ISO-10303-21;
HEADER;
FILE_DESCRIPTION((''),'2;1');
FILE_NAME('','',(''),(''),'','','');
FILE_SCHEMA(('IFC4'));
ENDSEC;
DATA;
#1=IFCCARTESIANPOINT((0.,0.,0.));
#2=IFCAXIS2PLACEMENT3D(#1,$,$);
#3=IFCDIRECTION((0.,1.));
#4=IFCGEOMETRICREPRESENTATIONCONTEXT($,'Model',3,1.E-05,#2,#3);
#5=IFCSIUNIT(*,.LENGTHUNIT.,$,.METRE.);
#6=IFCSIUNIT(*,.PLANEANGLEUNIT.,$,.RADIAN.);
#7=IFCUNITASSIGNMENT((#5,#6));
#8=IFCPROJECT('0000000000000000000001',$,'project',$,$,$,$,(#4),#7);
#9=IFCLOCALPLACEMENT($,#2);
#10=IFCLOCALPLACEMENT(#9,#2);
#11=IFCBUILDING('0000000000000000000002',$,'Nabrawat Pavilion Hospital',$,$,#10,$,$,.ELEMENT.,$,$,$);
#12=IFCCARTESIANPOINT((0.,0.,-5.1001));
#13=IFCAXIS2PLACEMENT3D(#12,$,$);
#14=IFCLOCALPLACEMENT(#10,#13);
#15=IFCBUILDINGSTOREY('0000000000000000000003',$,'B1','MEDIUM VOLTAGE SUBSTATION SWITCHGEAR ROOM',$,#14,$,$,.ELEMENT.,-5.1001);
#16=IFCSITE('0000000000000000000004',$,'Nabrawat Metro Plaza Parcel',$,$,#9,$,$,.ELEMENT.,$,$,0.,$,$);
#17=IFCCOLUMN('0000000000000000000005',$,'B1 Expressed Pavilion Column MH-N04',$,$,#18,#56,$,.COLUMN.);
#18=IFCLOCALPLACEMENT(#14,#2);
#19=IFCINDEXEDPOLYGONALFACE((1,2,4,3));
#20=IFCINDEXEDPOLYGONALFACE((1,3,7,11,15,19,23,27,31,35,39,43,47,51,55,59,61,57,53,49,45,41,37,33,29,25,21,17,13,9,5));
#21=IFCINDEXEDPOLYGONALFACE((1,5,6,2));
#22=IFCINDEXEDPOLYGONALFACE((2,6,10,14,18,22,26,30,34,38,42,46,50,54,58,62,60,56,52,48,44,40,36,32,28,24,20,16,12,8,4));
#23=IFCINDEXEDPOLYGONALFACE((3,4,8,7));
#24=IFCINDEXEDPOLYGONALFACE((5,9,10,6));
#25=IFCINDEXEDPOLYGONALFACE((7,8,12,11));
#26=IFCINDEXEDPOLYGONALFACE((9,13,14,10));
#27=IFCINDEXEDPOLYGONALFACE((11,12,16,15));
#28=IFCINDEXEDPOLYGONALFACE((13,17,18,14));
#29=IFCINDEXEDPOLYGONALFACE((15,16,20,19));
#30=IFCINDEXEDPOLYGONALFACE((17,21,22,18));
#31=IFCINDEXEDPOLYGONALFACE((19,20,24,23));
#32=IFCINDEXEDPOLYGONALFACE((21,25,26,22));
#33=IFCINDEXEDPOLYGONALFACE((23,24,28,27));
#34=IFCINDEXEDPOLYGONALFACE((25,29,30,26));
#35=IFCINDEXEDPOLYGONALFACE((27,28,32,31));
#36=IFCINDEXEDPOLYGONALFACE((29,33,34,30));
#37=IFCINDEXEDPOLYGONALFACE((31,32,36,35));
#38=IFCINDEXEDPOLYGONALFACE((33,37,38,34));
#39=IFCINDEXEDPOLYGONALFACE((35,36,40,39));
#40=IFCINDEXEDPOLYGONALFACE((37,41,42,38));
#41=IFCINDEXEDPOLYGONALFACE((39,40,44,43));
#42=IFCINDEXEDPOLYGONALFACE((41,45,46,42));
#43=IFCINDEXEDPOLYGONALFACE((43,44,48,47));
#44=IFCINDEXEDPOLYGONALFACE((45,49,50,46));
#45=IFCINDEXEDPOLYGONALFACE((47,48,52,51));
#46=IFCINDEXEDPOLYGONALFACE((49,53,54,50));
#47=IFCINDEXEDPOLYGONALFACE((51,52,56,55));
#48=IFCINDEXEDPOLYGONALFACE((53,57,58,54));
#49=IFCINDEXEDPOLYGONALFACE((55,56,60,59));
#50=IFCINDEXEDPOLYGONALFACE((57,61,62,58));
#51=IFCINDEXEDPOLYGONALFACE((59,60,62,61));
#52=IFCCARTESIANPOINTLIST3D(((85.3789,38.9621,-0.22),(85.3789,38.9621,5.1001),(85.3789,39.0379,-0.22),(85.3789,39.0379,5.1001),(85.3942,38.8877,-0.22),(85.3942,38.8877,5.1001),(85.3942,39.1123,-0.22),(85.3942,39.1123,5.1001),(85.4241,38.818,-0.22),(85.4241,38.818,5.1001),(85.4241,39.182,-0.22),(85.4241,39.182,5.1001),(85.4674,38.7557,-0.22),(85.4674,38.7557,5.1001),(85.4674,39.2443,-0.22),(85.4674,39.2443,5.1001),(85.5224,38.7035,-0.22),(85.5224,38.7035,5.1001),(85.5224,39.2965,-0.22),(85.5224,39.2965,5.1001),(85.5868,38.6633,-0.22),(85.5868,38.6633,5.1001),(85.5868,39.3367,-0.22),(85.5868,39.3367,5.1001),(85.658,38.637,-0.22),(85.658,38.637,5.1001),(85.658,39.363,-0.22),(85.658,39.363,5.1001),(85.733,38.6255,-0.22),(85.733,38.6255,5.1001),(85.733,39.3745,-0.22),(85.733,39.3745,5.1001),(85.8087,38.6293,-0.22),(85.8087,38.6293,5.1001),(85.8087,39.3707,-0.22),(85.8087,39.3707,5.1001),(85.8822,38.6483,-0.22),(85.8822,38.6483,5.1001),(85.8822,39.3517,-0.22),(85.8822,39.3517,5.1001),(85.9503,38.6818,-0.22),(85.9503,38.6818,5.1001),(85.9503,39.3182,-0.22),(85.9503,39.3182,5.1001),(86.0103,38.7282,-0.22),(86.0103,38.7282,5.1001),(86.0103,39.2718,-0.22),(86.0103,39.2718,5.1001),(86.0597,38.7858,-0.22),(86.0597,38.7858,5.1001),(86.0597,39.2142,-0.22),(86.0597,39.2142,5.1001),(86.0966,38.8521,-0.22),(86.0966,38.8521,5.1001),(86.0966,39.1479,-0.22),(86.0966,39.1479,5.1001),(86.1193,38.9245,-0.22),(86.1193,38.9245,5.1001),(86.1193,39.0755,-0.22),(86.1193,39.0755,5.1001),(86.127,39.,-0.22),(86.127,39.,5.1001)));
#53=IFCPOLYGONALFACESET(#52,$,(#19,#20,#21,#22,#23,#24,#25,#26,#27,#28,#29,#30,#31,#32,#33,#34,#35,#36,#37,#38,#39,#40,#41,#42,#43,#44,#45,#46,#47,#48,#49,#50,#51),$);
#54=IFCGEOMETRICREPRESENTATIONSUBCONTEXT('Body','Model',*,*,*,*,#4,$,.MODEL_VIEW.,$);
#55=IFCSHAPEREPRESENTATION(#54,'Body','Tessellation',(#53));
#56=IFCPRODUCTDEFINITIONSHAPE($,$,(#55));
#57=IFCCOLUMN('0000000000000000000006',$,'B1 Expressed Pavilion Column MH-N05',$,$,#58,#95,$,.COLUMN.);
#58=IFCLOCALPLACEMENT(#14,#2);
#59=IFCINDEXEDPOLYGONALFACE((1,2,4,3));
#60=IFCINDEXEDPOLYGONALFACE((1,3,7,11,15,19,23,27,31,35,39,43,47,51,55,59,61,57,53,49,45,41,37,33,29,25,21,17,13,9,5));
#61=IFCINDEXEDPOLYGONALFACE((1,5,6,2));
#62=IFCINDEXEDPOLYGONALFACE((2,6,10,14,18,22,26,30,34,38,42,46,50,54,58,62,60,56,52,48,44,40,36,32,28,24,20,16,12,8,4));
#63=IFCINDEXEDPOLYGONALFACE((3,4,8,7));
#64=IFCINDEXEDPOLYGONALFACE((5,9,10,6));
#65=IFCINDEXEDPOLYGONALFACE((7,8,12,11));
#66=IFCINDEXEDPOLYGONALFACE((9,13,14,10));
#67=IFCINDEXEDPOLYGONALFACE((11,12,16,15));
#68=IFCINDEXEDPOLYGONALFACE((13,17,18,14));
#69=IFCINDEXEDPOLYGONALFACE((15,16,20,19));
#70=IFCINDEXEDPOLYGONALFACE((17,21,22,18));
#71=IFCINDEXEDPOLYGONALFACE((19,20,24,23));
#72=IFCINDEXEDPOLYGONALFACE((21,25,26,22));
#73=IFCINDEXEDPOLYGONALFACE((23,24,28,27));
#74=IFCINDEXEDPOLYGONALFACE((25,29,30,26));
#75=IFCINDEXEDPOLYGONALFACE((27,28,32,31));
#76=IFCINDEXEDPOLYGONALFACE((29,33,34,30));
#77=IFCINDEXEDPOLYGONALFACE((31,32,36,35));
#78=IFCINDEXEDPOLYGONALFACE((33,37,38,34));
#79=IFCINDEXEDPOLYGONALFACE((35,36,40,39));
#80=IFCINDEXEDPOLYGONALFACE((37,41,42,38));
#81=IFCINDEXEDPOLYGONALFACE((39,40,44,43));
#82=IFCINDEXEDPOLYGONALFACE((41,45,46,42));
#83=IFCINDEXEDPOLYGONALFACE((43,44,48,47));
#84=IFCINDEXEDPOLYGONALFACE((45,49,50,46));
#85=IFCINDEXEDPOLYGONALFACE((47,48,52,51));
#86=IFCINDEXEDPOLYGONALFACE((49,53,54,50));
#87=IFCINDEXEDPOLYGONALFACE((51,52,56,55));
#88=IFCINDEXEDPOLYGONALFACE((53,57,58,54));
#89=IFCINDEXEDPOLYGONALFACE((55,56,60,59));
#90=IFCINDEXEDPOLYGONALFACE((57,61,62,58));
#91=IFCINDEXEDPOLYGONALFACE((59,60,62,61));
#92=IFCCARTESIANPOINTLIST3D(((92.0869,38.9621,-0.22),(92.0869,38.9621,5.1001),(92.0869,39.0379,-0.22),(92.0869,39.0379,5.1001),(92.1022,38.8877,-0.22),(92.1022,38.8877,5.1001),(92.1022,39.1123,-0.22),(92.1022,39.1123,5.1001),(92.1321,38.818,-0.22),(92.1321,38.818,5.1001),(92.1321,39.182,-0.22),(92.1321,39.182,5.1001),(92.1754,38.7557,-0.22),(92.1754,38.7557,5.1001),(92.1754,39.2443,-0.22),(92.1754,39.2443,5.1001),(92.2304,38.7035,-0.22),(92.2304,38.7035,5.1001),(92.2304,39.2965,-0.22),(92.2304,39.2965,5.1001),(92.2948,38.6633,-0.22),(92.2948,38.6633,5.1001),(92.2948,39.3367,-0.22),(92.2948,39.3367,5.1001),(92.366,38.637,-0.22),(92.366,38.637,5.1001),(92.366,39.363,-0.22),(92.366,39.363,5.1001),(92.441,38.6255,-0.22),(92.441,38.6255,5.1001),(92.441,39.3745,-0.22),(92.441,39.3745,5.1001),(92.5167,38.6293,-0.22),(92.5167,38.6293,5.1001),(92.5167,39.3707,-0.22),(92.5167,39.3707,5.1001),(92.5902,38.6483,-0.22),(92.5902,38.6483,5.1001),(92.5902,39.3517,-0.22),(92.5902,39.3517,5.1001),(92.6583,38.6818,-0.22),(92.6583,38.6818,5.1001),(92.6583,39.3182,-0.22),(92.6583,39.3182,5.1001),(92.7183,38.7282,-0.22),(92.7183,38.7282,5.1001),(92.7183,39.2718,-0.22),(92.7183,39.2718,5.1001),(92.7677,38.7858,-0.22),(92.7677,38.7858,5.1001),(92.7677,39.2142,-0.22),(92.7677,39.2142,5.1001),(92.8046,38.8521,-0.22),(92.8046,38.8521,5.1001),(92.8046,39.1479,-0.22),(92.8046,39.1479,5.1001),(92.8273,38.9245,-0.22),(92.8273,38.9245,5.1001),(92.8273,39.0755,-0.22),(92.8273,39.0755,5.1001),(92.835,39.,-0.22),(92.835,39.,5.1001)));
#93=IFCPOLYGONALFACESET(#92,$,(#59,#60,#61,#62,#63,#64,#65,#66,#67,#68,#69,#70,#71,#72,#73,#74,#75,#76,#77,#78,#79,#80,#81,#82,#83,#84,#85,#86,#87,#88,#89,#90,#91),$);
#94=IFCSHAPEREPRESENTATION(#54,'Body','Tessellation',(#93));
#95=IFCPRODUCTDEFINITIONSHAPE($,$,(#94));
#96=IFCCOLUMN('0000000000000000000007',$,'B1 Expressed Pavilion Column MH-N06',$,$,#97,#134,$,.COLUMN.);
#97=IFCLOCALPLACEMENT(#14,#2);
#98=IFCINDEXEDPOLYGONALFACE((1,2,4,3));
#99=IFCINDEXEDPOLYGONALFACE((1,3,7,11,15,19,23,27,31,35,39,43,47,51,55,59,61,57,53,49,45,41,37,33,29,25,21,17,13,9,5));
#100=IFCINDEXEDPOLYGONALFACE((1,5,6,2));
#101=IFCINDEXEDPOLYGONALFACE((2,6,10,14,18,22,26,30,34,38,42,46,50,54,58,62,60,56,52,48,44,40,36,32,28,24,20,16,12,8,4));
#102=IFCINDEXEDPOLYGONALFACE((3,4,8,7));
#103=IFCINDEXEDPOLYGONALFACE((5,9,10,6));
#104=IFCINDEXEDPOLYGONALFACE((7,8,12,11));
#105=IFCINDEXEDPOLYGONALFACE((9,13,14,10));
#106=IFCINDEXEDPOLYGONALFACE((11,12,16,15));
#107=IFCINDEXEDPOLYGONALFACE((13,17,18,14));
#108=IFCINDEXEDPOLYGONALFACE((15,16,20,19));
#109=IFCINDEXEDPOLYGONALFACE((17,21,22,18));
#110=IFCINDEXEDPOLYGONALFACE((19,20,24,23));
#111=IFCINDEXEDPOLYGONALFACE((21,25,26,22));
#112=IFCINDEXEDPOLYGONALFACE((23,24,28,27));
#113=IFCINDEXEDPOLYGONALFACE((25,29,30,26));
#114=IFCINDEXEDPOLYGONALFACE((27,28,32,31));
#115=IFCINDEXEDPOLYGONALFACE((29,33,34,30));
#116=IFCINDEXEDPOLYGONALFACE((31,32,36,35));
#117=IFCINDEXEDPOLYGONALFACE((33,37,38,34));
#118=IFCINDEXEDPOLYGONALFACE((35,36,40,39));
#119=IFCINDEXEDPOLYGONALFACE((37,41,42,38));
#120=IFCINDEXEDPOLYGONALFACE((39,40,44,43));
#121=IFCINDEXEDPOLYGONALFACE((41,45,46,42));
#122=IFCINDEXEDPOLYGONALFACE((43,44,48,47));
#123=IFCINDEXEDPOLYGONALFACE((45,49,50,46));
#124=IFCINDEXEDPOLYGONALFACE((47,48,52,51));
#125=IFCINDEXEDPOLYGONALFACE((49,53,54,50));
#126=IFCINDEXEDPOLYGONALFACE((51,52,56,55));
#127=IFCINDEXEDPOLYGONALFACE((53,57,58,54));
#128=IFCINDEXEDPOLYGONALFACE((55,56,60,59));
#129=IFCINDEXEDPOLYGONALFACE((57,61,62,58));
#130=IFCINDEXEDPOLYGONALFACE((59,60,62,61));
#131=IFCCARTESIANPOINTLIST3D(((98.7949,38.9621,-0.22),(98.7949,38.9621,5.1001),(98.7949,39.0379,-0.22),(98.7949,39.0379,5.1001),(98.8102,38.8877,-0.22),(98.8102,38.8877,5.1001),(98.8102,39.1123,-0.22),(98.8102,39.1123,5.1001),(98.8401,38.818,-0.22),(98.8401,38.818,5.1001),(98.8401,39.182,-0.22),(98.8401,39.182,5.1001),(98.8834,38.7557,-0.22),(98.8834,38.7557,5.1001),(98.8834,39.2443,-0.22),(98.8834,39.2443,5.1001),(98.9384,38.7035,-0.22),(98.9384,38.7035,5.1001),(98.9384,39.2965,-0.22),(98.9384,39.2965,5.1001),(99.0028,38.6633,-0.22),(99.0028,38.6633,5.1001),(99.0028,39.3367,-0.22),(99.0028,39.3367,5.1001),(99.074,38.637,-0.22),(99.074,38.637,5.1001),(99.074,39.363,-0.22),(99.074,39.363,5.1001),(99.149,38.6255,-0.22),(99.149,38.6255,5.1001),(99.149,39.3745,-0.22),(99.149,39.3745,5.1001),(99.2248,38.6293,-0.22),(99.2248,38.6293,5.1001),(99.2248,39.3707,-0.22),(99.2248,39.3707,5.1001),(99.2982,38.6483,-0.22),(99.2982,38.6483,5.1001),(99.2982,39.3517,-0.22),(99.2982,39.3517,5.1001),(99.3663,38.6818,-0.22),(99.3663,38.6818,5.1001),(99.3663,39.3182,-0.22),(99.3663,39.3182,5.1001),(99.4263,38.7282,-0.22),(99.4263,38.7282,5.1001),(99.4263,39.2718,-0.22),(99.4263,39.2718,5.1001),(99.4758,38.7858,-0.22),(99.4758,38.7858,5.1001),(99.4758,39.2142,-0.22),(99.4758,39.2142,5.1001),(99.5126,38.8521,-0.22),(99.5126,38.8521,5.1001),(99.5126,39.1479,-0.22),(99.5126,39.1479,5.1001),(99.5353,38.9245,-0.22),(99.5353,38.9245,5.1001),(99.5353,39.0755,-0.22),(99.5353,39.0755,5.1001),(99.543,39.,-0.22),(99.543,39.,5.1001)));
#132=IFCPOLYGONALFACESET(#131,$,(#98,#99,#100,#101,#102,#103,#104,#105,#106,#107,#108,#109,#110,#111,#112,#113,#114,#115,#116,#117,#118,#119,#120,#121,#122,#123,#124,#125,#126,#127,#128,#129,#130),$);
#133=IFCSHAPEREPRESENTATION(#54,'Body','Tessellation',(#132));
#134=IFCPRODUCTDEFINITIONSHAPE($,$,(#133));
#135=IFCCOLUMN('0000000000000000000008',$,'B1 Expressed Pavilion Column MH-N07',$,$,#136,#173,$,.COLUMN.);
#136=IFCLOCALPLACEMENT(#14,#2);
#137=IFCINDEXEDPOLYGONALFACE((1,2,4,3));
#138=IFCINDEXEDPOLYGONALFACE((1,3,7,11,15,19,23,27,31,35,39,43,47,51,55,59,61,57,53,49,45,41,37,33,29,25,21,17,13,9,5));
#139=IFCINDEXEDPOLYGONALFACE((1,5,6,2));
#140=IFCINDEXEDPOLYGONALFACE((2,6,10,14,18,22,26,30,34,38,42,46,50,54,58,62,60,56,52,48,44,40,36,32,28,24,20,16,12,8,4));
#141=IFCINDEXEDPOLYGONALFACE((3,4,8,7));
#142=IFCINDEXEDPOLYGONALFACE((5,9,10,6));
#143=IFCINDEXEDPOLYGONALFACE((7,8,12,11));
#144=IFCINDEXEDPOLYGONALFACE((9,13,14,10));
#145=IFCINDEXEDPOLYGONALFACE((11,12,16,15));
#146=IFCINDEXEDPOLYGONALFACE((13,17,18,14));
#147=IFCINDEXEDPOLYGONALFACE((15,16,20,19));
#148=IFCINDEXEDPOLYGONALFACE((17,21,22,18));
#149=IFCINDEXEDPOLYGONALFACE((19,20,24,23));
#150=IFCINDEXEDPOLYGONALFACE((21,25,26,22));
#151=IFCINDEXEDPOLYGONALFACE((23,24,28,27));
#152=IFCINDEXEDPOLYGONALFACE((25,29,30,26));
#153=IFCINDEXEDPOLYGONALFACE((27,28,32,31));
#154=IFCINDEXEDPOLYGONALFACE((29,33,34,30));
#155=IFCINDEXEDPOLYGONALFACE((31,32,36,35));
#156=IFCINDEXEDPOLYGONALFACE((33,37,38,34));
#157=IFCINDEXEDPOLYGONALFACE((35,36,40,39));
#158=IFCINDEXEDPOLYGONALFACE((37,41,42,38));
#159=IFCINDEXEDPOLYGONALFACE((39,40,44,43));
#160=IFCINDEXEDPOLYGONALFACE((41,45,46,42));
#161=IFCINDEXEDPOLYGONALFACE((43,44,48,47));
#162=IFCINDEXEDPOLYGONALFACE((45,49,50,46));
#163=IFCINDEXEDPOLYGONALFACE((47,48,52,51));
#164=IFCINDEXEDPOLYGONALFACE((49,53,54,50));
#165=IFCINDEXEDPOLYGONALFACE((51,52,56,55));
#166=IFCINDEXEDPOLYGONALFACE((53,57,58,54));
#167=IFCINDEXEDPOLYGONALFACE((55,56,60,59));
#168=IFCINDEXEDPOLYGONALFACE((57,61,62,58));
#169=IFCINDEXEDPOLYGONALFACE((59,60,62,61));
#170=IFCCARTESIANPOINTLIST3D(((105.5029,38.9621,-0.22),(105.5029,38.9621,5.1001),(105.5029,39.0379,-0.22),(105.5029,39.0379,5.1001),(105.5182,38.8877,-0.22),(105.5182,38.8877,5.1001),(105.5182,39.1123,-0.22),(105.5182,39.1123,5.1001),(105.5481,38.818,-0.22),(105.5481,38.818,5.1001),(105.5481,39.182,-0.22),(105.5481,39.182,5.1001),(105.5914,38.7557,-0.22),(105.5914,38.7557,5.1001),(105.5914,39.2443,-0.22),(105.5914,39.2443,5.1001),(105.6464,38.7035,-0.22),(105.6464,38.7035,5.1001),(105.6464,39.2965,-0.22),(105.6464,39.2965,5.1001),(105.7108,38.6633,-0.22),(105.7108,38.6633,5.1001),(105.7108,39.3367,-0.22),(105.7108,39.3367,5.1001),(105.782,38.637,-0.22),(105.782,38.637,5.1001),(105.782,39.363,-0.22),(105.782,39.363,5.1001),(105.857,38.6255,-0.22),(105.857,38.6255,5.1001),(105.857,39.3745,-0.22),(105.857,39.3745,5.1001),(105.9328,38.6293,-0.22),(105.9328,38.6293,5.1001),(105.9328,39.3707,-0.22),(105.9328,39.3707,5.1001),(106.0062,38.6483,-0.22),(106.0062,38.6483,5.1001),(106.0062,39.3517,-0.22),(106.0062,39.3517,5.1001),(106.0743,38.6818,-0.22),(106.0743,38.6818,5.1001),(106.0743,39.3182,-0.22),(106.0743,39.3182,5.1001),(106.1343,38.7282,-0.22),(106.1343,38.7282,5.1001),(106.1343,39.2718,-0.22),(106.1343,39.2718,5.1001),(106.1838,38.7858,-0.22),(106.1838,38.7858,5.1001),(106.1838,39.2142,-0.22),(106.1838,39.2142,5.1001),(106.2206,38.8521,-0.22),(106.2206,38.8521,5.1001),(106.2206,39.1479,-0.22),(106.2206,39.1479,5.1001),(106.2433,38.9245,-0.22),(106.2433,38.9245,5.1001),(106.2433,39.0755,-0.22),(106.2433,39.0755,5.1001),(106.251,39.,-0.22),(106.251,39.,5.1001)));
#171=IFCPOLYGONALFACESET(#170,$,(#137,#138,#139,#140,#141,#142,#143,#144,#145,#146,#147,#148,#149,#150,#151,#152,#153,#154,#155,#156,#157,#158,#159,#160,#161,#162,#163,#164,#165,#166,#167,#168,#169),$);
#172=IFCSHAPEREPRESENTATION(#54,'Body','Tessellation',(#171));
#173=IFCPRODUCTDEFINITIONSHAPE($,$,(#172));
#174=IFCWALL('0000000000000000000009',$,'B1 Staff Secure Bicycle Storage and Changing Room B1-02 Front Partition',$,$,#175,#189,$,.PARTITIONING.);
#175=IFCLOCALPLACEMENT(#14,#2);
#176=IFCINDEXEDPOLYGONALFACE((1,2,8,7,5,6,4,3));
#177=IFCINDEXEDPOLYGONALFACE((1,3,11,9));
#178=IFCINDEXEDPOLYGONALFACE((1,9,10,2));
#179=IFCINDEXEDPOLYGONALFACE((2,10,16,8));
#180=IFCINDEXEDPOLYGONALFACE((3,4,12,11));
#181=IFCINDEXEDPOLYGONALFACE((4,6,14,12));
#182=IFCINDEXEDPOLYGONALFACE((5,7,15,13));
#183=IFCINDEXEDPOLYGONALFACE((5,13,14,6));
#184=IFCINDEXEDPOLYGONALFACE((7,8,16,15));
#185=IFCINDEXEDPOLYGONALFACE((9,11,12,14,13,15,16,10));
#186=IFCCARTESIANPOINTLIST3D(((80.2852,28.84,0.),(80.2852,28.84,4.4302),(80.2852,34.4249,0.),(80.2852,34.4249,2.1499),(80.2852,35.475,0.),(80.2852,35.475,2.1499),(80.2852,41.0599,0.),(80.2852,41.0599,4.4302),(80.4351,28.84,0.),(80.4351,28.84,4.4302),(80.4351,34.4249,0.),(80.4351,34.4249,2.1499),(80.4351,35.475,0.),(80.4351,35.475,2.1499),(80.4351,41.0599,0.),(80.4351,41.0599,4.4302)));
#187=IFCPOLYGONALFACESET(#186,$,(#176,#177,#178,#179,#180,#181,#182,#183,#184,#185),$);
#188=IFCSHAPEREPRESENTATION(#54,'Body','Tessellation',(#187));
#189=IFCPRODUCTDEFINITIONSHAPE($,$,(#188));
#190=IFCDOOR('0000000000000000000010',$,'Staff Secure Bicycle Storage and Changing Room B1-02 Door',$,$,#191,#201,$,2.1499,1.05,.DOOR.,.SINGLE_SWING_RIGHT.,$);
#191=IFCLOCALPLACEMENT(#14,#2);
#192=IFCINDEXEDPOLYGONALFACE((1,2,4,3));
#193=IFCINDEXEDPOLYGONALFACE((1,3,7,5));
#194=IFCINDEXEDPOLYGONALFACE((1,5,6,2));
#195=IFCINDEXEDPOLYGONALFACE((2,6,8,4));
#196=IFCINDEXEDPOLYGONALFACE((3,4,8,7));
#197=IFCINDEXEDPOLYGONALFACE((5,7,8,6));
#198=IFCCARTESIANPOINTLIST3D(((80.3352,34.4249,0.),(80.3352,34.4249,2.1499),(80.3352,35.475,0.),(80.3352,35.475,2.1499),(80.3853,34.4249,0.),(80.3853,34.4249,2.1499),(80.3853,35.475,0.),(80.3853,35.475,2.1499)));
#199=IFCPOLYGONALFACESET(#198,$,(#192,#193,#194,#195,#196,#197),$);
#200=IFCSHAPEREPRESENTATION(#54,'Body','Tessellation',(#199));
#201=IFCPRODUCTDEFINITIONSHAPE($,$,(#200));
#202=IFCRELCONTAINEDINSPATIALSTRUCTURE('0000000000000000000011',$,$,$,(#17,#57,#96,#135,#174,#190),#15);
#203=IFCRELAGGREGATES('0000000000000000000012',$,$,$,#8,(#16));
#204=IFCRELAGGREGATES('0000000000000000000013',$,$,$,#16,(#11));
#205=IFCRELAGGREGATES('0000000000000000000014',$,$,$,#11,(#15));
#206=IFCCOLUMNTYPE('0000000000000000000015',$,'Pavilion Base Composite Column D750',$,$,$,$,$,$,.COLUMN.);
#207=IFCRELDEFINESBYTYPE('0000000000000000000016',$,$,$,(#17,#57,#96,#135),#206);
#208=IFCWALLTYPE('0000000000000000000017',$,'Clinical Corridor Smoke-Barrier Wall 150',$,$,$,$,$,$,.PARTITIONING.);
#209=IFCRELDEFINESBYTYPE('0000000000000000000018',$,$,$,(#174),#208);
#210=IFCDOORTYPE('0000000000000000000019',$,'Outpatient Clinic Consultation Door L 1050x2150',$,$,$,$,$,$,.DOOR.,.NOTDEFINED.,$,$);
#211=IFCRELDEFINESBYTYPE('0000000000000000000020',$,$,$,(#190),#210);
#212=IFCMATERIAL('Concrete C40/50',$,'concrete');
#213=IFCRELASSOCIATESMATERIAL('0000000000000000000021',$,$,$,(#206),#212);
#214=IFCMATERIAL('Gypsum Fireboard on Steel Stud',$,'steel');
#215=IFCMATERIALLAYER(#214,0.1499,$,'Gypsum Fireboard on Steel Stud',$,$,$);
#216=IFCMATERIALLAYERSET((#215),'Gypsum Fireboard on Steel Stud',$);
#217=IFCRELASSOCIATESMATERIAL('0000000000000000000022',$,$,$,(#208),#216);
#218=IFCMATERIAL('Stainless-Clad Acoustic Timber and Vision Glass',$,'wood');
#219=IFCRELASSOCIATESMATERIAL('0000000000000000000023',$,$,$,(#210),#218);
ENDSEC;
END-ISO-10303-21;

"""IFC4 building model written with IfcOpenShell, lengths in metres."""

from ifc_helpers import new_model, si_unit, direction, frame, frame_2d, origin, origin_2d, place, context, subcontext, project, spatial, rectangle, circle, extrude, material, layer, layer_set, material_profile, profile_set, type_object, element, fill, save


model = new_model("IFC4")

# Units and contexts
model_context = context("Model", 3, precision=1e-05, world=origin(), true_north=direction((0.0, 1.0)))
body_context = subcontext(model_context, "Body", "Model", "MODEL_VIEW")
ifc_project = project(units=[si_unit("LENGTHUNIT", "METRE"), si_unit("PLANEANGLEUNIT", "RADIAN")], contexts=[model_context])

# Site, building, storey
site_placement = place(None, origin())
site = spatial("IfcSite", under=ifc_project, at=site_placement, Name="Nabrawat Metro Plaza Parcel", CompositionType="ELEMENT", RefElevation=0.0)
building_placement = place(site_placement, origin())
building = spatial("IfcBuilding", under=site, at=building_placement, Name="Nabrawat Pavilion Hospital", CompositionType="ELEMENT")
storey_placement = place(building_placement, frame((0.0, 0.0, -5.1001)))
storey = spatial("IfcBuildingStorey", under=building, at=storey_placement, Name="B1", Description="MEDIUM VOLTAGE SUBSTATION SWITCHGEAR ROOM", CompositionType="ELEMENT", Elevation=-5.1001)

# Columns
ifc_material_1 = material(Name="Concrete C40/50", Category="concrete")
ifc_material_profile_1 = material_profile(ifc_material_1, circle(Radius=0.375, at=origin_2d()), Name="RC D750")
ifc_profile_set_1 = profile_set([ifc_material_profile_1], Name="Concrete C40/50")
column_type_1 = type_object("IfcColumnType", Name="Pavilion Base Composite Column D750", PredefinedType="COLUMN", material=ifc_profile_set_1)
for number, where, z_axis, x_axis, name in (
    (1, (85.752, 39.0, -0.22), (0.0, 0.0, 1.0), (1.0, 0.0, 0.0), "B1 Expressed Pavilion Column MH-N04"),
    (2, (92.46, 39.0, -0.22), (0.0, 0.0, 1.0), (1.0, 0.0, 0.0), "B1 Expressed Pavilion Column MH-N05"),
    (3, (99.168, 39.0, -0.22), (0.0, 0.0, 1.0), (1.0, 0.0, 0.0), "B1 Expressed Pavilion Column MH-N06"),
    (4, (105.876, 39.0, -0.22), (0.0, 0.0, 1.0), (1.0, 0.0, 0.0), "B1 Expressed Pavilion Column MH-N07"),
):
    element("IfcColumn", number, at=place(storey_placement, frame(where, z_axis=z_axis, x_axis=x_axis)), inside=storey, type_object=column_type_1, Name=name, PredefinedType="COLUMN", context=body_context, shape_type="SweptSolid", body=[
        extrude(circle(Radius=0.375, at=origin_2d()), origin(), (0.0, 0.0, 1.0), 5.3201),
    ])

# Wall, opening, door
ifc_material_2 = material(Name="Gypsum Fireboard on Steel Stud", Category="steel")
ifc_layer_1 = layer(ifc_material_2, 0.1499, Name="Gypsum Fireboard on Steel Stud")
ifc_layer_set_1 = layer_set([ifc_layer_1], Name="Gypsum Fireboard on Steel Stud")
wall_type_1 = type_object("IfcWallType", Name="Clinical Corridor Smoke-Barrier Wall 150", PredefinedType="PARTITIONING", material=ifc_layer_set_1)
wall_1_placement = place(storey_placement, frame((80.3601, 28.8401, 0.0), z_axis=(0.0, 0.0, 1.0), x_axis=(0.0, 1.0, 0.0)))
wall_1 = element("IfcWall", 5, at=wall_1_placement, inside=storey, type_object=wall_type_1, Name="B1 Staff Secure Bicycle Storage and Changing Room B1-02 Front Partition", PredefinedType="PARTITIONING", context=body_context, shape_type="SweptSolid", body=[
    extrude(rectangle(XDim=12.22, YDim=0.1499, at=frame_2d((6.1099, 0.0))), origin(), (0.0, 0.0, 1.0), 4.4302),
])
opening_1_placement = place(wall_1_placement, frame((5.585, 0.0, 0.0)))
opening_1 = element("IfcOpeningElement", 6, at=opening_1_placement, cuts=wall_1, PredefinedType="OPENING", context=body_context, shape_type="SweptSolid", body=[
    extrude(rectangle(XDim=1.05, YDim=2.1499, at=frame_2d((0.5249, 1.075))), frame((0.0, 0.085, 0.0), z_axis=(0.0, -1.0, 0.0), x_axis=(1.0, 0.0, 0.0)), (0.0, 0.0, 1.0), 0.1699),
])
ifc_material_3 = material(Name="Stainless-Clad Acoustic Timber and Vision Glass", Category="wood")
door_type_1 = type_object("IfcDoorType", Name="Outpatient Clinic Consultation Door L 1050x2150", OperationType="NOTDEFINED", PredefinedType="DOOR", material=ifc_material_3)
door_1_placement = place(opening_1_placement, origin())
door_1 = element("IfcDoor", 7, at=door_1_placement, inside=storey, type_object=door_type_1, Name="Staff Secure Bicycle Storage and Changing Room B1-02 Door", OperationType="SINGLE_SWING_RIGHT", OverallHeight=2.1499, OverallWidth=1.05, PredefinedType="DOOR", context=body_context, shape_type="SweptSolid", body=[
    extrude(rectangle(XDim=1.05, YDim=2.1499, at=frame_2d((0.5249, 1.075))), frame((0.0, 0.0249, 0.0), z_axis=(0.0, -1.0, 0.0), x_axis=(1.0, 0.0, 0.0)), (0.0, 0.0, 1.0), 0.05),
])
fill(opening_1, door_1)

save(model, "model.ifc")
